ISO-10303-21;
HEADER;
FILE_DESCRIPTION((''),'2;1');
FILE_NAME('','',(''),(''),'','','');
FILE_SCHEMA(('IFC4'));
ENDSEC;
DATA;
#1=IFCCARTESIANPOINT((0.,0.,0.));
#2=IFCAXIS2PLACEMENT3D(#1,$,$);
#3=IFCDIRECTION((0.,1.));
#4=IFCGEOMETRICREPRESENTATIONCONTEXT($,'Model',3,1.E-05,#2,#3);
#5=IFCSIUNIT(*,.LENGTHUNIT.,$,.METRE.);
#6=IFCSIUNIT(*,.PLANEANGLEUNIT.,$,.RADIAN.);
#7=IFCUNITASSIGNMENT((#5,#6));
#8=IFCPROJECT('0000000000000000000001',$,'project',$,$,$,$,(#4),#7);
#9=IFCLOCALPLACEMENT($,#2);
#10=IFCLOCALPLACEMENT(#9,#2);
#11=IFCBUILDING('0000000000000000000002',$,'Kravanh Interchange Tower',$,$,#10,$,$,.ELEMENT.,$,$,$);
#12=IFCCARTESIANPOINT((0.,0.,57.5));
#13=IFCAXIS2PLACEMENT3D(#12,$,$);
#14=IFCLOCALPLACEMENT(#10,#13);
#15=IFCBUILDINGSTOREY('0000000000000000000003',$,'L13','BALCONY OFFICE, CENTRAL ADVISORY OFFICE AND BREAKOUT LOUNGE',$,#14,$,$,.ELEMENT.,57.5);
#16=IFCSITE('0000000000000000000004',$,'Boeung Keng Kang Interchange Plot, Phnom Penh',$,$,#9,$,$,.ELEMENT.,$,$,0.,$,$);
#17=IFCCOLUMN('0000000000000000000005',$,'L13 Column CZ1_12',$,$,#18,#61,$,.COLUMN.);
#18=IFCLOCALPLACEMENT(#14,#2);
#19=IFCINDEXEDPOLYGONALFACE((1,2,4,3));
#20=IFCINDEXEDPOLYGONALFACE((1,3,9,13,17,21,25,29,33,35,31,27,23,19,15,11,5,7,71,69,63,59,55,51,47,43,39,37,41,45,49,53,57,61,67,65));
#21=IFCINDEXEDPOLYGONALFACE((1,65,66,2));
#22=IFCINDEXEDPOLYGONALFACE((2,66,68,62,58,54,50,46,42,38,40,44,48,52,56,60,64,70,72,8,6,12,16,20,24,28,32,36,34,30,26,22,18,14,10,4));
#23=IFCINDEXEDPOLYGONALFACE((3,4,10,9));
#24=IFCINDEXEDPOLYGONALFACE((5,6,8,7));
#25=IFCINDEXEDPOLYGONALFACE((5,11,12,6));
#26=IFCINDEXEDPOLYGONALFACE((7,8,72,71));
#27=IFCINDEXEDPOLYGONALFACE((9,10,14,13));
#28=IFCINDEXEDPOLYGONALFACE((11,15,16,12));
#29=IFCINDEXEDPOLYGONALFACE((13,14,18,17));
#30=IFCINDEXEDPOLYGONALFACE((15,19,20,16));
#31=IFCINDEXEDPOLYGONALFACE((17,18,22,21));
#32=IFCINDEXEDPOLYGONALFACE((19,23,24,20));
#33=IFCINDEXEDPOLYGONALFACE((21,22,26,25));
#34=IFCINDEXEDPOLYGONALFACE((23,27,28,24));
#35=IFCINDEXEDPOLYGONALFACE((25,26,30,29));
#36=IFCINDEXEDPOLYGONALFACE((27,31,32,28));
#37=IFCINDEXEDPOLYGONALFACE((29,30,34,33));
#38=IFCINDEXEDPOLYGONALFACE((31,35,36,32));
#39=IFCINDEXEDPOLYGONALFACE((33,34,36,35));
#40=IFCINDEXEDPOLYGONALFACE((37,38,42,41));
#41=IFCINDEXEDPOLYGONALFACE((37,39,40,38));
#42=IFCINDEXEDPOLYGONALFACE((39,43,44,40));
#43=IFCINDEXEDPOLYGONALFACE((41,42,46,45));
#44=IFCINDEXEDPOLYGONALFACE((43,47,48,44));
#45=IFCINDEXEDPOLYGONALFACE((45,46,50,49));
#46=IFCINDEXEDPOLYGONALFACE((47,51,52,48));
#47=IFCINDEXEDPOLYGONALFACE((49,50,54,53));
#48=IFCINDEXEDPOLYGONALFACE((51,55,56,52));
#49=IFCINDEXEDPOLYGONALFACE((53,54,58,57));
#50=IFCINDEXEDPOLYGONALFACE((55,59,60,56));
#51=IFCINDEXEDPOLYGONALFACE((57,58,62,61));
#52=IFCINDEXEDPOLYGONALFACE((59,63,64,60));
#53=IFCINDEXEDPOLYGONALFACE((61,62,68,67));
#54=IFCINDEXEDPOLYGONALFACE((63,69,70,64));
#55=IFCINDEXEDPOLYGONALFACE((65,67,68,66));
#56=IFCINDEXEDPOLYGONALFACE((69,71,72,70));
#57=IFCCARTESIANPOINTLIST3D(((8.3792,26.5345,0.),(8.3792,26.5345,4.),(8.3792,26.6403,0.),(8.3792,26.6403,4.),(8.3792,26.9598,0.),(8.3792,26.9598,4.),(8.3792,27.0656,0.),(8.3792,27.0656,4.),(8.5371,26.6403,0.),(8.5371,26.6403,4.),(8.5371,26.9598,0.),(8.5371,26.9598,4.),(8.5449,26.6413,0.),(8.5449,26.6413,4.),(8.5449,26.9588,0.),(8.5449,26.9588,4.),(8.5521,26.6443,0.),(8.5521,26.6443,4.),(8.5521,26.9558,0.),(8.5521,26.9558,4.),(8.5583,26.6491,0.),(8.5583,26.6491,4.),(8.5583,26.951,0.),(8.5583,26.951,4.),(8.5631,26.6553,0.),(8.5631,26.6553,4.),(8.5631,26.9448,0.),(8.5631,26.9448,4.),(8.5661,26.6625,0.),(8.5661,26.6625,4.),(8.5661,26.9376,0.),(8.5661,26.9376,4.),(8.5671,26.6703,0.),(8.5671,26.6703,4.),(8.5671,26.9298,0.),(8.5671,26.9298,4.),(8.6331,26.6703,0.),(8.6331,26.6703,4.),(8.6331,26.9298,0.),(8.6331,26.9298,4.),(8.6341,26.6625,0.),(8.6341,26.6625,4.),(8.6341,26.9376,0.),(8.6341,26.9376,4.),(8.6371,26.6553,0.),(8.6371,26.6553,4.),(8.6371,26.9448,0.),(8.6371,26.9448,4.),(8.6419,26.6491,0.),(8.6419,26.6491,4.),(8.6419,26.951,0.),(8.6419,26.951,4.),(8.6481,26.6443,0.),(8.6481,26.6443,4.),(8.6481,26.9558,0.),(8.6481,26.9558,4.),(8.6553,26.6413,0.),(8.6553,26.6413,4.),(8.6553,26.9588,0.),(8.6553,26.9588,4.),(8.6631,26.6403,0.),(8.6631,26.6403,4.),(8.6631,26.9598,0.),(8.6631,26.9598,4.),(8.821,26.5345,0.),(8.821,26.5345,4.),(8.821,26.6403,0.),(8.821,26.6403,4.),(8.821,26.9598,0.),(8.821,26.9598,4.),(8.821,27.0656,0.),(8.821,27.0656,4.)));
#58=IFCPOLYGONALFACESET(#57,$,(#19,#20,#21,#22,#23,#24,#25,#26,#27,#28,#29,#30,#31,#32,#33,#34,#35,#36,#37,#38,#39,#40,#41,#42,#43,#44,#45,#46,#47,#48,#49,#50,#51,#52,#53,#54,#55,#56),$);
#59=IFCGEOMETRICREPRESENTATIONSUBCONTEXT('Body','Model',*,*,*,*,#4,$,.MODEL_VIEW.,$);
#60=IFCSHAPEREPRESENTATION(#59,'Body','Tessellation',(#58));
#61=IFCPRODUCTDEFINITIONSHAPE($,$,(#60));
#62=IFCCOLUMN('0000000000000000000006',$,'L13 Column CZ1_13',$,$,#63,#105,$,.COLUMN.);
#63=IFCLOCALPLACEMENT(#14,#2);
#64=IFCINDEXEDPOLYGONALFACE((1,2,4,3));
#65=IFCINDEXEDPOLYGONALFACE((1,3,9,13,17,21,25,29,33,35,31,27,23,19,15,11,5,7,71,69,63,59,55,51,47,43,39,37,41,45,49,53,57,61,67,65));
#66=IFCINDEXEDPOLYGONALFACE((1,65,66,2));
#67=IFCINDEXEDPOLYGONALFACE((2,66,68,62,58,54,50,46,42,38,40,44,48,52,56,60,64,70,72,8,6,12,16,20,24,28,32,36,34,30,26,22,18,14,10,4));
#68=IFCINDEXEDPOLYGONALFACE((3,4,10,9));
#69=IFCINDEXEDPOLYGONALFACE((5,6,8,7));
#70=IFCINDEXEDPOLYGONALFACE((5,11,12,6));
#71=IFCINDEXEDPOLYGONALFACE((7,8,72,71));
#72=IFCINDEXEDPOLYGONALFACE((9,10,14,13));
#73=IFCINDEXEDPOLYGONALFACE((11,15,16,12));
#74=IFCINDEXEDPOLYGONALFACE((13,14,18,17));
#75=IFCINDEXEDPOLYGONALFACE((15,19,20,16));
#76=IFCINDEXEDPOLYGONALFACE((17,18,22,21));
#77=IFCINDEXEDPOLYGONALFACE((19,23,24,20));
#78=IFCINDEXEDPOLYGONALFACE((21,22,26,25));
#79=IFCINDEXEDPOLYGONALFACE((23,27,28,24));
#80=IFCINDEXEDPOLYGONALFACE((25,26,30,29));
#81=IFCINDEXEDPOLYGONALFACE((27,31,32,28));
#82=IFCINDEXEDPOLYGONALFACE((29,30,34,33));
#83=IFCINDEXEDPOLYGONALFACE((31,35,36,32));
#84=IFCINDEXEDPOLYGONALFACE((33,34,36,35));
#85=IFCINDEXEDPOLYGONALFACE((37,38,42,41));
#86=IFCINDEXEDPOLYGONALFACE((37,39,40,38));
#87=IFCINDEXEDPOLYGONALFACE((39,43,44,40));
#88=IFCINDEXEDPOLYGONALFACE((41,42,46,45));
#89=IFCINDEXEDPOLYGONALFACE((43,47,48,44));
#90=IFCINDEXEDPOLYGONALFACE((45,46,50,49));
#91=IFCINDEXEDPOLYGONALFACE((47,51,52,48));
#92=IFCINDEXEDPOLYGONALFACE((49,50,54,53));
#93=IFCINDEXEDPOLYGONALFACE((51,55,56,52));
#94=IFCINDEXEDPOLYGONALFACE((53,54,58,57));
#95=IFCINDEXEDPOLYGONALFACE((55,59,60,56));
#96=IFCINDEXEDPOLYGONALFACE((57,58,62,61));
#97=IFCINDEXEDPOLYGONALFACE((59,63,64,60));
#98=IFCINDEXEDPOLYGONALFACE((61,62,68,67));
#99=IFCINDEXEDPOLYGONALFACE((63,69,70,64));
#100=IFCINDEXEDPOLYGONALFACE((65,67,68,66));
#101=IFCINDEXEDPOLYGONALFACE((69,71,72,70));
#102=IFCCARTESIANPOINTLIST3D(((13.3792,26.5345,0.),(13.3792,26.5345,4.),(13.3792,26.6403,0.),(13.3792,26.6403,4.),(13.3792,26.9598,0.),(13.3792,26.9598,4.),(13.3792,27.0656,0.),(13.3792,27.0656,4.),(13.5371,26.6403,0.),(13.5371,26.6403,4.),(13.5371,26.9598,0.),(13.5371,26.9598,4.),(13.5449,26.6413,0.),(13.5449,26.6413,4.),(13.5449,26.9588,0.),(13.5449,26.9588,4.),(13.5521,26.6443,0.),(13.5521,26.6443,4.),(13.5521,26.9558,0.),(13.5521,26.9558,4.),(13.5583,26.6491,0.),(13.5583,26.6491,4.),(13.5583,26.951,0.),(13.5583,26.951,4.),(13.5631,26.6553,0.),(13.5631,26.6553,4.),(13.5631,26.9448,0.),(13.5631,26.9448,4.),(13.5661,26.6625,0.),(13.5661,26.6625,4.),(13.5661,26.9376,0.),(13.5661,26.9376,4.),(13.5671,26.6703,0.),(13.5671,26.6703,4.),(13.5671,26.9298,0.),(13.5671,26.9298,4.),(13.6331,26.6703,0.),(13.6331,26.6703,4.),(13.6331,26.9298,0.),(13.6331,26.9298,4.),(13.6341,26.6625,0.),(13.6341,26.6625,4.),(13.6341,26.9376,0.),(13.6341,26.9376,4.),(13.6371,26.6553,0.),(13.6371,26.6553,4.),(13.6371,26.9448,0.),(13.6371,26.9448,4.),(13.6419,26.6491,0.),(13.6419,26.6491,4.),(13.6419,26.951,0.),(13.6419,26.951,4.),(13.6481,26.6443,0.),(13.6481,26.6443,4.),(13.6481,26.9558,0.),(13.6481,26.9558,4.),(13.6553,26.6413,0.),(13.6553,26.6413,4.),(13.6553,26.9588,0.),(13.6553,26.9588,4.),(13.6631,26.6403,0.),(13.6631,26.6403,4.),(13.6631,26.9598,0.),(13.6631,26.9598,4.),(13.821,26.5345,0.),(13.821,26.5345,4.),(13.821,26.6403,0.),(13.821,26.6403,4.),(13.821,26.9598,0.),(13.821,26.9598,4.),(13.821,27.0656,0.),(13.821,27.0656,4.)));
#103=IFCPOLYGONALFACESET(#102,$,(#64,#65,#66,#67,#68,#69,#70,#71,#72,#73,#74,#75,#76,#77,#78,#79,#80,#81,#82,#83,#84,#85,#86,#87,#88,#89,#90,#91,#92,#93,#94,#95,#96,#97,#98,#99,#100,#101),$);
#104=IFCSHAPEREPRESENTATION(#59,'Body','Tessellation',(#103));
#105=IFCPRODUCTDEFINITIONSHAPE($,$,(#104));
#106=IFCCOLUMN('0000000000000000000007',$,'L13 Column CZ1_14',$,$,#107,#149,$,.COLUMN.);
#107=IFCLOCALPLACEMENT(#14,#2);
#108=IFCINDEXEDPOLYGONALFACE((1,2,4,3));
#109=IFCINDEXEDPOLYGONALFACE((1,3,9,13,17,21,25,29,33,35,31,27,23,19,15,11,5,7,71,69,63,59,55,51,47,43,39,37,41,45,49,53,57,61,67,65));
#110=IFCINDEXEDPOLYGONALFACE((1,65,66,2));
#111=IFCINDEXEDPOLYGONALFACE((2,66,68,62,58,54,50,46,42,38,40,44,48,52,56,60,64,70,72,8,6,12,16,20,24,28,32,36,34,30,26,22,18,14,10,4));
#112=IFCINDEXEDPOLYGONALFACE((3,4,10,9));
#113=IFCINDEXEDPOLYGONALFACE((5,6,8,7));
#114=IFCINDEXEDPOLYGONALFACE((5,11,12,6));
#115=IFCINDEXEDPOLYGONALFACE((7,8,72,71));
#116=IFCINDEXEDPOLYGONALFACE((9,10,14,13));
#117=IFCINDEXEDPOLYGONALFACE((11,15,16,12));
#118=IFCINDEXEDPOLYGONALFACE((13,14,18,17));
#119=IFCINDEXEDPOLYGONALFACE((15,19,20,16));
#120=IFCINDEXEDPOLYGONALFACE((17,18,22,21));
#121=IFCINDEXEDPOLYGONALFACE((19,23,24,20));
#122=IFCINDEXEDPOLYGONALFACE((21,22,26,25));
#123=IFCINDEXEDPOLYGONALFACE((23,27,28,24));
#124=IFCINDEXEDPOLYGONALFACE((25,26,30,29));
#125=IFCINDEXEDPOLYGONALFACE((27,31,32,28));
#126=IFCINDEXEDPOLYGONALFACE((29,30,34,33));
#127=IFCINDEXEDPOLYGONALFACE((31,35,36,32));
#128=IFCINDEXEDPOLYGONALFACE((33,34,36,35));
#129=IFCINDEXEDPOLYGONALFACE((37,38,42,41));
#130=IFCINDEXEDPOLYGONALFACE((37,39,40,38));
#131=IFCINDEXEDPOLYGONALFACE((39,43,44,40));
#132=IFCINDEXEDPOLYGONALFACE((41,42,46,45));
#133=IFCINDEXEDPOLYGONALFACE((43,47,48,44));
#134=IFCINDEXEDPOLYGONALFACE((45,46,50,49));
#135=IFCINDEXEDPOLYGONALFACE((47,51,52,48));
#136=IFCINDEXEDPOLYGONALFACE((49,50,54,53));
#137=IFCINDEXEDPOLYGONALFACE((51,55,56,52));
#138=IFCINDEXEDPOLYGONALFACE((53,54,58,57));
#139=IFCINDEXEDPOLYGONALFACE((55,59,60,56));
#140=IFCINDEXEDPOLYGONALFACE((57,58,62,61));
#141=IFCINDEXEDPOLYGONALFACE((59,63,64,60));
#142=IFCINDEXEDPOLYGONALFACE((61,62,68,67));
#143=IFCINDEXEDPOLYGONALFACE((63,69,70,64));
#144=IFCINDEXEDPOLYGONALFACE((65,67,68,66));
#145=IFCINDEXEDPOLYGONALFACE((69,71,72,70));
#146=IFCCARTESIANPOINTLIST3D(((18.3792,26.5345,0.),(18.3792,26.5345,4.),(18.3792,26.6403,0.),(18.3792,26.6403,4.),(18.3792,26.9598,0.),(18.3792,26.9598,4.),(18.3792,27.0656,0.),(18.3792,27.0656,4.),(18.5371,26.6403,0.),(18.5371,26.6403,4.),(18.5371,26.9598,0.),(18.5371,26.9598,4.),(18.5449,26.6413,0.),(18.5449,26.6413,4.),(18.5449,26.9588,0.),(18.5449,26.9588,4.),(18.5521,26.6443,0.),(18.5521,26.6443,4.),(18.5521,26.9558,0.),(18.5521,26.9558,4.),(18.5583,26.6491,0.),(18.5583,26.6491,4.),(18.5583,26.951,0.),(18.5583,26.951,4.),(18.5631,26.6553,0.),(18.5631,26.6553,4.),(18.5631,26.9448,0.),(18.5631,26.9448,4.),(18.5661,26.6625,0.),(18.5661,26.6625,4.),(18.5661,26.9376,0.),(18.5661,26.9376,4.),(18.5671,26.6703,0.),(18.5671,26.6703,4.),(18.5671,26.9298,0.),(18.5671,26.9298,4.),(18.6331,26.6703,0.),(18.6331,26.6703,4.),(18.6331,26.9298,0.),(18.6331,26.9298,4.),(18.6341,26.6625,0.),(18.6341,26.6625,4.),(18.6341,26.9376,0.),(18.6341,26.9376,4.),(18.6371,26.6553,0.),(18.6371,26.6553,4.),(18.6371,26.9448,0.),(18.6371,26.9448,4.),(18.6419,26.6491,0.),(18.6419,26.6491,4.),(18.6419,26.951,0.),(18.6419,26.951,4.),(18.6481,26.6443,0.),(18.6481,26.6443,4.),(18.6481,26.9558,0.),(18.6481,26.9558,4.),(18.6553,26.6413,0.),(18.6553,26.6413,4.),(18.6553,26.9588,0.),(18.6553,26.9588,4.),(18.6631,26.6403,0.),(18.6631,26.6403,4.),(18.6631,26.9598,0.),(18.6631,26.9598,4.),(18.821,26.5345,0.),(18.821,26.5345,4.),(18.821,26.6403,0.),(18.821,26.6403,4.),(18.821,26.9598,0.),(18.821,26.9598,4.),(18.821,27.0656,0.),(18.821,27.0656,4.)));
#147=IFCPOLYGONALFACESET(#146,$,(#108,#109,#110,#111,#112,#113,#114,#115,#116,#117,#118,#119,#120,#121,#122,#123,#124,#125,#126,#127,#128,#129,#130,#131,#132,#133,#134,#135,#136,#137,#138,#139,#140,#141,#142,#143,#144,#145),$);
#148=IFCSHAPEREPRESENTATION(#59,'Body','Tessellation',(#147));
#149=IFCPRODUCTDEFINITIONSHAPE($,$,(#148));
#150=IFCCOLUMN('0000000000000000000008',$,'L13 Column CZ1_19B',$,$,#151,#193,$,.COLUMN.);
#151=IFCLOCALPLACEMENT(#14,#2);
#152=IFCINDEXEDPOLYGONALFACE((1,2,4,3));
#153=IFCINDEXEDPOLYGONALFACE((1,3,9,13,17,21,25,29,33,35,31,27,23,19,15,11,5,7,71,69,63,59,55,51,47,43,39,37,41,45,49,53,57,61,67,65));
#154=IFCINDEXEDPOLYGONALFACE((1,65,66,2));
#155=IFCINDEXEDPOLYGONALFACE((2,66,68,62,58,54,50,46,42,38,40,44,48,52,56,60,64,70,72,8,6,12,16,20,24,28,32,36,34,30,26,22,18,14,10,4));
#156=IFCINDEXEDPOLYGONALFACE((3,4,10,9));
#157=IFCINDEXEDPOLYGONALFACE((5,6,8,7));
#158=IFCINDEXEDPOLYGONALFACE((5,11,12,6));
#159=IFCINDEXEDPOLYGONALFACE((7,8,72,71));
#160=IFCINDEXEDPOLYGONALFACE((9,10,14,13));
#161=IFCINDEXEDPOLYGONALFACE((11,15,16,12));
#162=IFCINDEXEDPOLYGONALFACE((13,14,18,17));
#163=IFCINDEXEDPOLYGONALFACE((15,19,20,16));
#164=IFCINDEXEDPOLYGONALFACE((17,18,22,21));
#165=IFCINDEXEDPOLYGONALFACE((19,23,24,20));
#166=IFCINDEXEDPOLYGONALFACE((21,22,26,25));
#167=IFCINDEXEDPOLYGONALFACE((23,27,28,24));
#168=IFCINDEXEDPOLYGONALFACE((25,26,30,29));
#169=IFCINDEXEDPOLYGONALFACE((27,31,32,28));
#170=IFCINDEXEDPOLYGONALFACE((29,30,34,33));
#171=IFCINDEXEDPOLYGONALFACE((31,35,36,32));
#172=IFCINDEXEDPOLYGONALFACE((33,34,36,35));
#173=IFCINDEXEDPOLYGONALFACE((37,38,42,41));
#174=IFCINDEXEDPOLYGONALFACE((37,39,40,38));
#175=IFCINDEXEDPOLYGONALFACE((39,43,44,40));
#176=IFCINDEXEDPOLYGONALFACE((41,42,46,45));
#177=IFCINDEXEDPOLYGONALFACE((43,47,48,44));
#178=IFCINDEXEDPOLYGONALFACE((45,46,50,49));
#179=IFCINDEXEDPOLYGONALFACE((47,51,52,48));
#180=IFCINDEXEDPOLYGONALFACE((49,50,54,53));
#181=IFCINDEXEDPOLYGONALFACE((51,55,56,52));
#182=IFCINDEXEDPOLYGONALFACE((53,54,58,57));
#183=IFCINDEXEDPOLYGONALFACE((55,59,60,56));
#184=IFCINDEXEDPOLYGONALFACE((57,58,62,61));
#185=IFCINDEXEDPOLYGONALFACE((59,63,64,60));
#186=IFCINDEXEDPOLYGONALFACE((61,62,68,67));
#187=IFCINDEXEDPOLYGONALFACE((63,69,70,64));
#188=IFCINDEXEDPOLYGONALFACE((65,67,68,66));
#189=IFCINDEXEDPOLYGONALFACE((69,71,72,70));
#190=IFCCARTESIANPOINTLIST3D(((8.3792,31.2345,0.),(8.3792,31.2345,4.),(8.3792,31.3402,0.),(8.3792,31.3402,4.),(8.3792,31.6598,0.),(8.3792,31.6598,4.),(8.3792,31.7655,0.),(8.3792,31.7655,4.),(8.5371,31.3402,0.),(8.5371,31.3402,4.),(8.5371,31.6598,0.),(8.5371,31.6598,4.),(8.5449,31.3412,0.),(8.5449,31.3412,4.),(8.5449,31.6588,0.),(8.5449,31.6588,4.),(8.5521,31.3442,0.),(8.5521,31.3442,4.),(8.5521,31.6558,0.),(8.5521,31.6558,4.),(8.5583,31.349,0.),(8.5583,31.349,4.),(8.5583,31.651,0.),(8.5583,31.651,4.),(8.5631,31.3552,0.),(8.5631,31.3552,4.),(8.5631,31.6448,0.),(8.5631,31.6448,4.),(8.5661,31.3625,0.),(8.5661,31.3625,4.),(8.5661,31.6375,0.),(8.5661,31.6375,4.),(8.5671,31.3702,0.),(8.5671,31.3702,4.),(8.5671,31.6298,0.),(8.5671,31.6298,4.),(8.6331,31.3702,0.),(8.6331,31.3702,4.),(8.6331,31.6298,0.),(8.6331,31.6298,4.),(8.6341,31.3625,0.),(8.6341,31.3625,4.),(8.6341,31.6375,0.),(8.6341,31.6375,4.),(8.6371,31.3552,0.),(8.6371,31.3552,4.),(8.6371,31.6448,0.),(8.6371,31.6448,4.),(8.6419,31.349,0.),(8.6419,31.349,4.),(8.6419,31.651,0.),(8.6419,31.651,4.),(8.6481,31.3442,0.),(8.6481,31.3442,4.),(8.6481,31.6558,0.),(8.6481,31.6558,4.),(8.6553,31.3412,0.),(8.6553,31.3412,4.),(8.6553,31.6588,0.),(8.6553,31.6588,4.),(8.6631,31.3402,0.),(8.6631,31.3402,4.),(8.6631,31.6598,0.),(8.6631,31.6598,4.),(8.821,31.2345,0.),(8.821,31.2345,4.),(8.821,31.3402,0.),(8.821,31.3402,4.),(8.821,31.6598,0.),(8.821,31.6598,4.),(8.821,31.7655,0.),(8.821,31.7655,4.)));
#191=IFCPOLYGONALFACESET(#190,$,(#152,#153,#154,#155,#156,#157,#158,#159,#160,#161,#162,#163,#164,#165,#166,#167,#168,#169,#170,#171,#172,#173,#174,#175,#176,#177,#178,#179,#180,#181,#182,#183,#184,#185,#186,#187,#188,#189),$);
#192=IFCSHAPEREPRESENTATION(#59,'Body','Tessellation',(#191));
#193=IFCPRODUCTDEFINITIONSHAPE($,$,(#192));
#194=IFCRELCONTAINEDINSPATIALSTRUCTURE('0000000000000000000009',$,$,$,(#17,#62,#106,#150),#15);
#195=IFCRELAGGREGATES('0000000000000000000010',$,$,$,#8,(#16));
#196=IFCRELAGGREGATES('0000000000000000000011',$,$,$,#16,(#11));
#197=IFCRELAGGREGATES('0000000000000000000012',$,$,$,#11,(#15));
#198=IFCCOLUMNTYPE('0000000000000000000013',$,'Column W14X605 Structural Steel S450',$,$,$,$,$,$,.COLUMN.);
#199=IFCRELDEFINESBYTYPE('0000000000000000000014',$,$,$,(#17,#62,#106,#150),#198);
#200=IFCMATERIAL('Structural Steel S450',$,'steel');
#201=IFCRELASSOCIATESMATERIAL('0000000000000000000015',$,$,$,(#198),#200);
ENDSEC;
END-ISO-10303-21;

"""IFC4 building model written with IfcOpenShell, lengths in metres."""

from ifc_helpers import new_model, si_unit, direction, frame, origin, origin_2d, place, context, subcontext, project, spatial, i_section, extrude, material, material_profile, profile_set, type_object, element, save


model = new_model("IFC4")

# Units and contexts
model_context = context("Model", 3, precision=1e-05, world=origin(), true_north=direction((0.0, 1.0)))
body_context = subcontext(model_context, "Body", "Model", "MODEL_VIEW")
ifc_project = project(units=[si_unit("LENGTHUNIT", "METRE"), si_unit("PLANEANGLEUNIT", "RADIAN")], contexts=[model_context])

# Site, building, storey
site_placement = place(None, origin())
site = spatial("IfcSite", under=ifc_project, at=site_placement, Name="Boeung Keng Kang Interchange Plot, Phnom Penh", CompositionType="ELEMENT", RefElevation=0.0)
building_placement = place(site_placement, origin())
building = spatial("IfcBuilding", under=site, at=building_placement, Name="Kravanh Interchange Tower", CompositionType="ELEMENT")
storey_placement = place(building_placement, frame((0.0, 0.0, 57.5)))
storey = spatial("IfcBuildingStorey", under=building, at=storey_placement, Name="L13", Description="BALCONY OFFICE, CENTRAL ADVISORY OFFICE AND BREAKOUT LOUNGE", CompositionType="ELEMENT", Elevation=57.5)

# Columns
ifc_material_1 = material(Name="Structural Steel S450", Category="steel")
ifc_material_profile_1 = material_profile(ifc_material_1, i_section(OverallWidth=0.4419, OverallDepth=0.531, WebThickness=0.0659, FlangeThickness=0.1057, FilletRadius=0.03, at=origin_2d()), Name="W14X605")
ifc_profile_set_1 = profile_set([ifc_material_profile_1], Name="Structural Steel S450")
column_type = type_object("IfcColumnType", Name="Column W14X605 Structural Steel S450", PredefinedType="COLUMN", material=ifc_profile_set_1)
for number, where, z_axis, x_axis, name in (
    (1, (8.6001, 26.8, 0.0), (0.0, 0.0, 1.0), (1.0, 0.0, 0.0), "L13 Column CZ1_12"),
    (2, (13.6001, 26.8, 0.0), (0.0, 0.0, 1.0), (1.0, 0.0, 0.0), "L13 Column CZ1_13"),
    (3, (18.6001, 26.8, 0.0), (0.0, 0.0, 1.0), (1.0, 0.0, 0.0), "L13 Column CZ1_14"),
    (4, (8.6001, 31.5, 0.0), (0.0, 0.0, 1.0), (1.0, 0.0, 0.0), "L13 Column CZ1_19B"),
):
    element("IfcColumn", number, at=place(storey_placement, frame(where, z_axis=z_axis, x_axis=x_axis)), inside=storey, type_object=column_type, Name=name, PredefinedType="COLUMN", context=body_context, shape_type="SweptSolid", body=[
        extrude(i_section(OverallWidth=0.4419, OverallDepth=0.531, WebThickness=0.0659, FlangeThickness=0.1057, FilletRadius=0.03, at=origin_2d()), origin(), (0.0, 0.0, 1.0), 4.0),
    ])

save(model, "model.ifc")
